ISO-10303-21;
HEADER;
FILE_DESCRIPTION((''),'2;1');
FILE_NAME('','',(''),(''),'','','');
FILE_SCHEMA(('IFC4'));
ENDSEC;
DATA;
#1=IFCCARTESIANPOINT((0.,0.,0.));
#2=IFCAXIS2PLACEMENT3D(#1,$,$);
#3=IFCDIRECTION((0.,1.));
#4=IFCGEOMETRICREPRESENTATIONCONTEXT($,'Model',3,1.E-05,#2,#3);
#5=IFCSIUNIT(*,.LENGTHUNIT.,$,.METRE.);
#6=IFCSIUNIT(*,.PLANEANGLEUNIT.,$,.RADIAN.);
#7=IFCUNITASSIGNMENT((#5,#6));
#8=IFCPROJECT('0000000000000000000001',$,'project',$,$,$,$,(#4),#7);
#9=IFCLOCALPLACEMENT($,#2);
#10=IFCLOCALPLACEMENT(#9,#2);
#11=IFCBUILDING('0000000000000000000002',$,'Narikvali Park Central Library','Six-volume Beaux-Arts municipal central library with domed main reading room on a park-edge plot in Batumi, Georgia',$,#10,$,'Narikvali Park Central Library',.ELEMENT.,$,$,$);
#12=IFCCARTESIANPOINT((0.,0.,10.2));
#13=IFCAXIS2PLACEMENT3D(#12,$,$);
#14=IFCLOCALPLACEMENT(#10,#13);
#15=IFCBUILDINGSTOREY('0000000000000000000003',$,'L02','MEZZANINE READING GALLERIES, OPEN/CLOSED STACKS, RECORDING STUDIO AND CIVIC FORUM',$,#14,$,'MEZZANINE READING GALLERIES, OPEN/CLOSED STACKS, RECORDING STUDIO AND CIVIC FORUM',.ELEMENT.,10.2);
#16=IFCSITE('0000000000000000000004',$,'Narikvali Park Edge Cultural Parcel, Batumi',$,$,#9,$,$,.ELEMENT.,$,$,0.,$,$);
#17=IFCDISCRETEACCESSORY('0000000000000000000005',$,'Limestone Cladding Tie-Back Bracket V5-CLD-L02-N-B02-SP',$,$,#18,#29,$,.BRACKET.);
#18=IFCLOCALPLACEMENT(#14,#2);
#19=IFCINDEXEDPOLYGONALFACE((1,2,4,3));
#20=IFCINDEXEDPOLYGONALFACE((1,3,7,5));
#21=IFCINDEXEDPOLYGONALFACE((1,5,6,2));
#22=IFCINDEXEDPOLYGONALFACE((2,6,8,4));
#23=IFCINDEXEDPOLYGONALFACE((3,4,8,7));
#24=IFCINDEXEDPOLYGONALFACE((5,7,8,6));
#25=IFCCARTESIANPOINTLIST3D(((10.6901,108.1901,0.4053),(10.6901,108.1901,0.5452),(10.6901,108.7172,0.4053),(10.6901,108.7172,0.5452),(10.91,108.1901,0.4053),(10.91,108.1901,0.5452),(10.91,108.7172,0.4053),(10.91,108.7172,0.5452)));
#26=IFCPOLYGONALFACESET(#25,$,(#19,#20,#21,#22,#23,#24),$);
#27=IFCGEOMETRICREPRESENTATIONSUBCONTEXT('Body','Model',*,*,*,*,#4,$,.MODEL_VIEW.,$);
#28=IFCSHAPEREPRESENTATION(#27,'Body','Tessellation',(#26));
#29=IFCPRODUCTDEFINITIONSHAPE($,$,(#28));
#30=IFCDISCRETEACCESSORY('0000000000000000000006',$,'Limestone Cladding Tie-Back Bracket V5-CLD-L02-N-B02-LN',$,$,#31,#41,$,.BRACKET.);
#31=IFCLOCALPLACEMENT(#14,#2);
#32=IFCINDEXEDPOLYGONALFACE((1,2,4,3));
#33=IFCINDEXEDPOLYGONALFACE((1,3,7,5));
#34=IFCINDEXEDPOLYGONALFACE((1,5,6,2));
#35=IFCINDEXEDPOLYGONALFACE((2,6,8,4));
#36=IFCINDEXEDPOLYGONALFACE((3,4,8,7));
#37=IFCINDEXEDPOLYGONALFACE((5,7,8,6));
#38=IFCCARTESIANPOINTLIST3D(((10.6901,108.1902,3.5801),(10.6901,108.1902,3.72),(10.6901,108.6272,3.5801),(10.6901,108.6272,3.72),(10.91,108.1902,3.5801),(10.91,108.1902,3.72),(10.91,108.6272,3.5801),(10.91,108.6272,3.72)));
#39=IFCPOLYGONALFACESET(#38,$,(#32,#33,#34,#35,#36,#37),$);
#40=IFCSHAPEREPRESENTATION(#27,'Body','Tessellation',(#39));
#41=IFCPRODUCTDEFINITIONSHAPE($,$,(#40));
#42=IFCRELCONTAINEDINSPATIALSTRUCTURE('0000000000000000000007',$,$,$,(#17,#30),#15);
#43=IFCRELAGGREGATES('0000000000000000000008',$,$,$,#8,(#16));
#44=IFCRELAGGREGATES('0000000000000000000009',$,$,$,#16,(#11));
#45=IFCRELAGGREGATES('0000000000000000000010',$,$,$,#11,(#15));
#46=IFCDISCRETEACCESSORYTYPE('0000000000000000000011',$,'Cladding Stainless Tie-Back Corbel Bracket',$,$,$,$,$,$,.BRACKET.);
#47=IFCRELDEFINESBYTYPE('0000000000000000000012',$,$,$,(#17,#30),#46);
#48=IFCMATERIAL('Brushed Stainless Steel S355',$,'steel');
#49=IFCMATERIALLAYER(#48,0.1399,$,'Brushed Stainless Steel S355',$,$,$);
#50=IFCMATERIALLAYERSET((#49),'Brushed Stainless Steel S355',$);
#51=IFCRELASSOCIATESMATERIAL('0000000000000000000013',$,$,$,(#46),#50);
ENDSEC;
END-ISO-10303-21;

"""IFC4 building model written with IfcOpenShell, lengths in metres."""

from ifc_helpers import new_model, si_unit, direction, frame, origin, origin_2d, place, context, subcontext, project, spatial, rectangle, extrude, material, layer, layer_set, type_object, element, save


model = new_model("IFC4")

# Units and contexts
model_context = context("Model", 3, precision=1e-05, world=origin(), true_north=direction((0.0, 1.0)))
body_context = subcontext(model_context, "Body", "Model", "MODEL_VIEW")
ifc_project = project(units=[si_unit("LENGTHUNIT", "METRE"), si_unit("PLANEANGLEUNIT", "RADIAN")], contexts=[model_context])

# Site, building, storey
site_placement = place(None, origin())
site = spatial("IfcSite", under=ifc_project, at=site_placement, Name="Narikvali Park Edge Cultural Parcel, Batumi", CompositionType="ELEMENT", RefElevation=0.0)
building_placement = place(site_placement, origin())
building = spatial("IfcBuilding", under=site, at=building_placement, Name="Narikvali Park Central Library", Description="Six-volume Beaux-Arts municipal central library with domed main reading room on a park-edge plot in Batumi, Georgia", LongName="Narikvali Park Central Library", CompositionType="ELEMENT")
storey_placement = place(building_placement, frame((0.0, 0.0, 10.2)))
storey = spatial("IfcBuildingStorey", under=building, at=storey_placement, Name="L02", Description="MEZZANINE READING GALLERIES, OPEN/CLOSED STACKS, RECORDING STUDIO AND CIVIC FORUM", LongName="MEZZANINE READING GALLERIES, OPEN/CLOSED STACKS, RECORDING STUDIO AND CIVIC FORUM", CompositionType="ELEMENT", Elevation=10.2)

# Shared definitions
ifc_material_1 = material(Name="Brushed Stainless Steel S355", Category="steel")

# Discrete accessories
ifc_layer_1 = layer(ifc_material_1, 0.1399, Name="Brushed Stainless Steel S355")
ifc_layer_set_1 = layer_set([ifc_layer_1], Name="Brushed Stainless Steel S355")
discrete_accessory_type = type_object("IfcDiscreteAccessoryType", Name="Cladding Stainless Tie-Back Corbel Bracket", PredefinedType="BRACKET", material=ifc_layer_set_1)
discrete_accessory_1_placement = place(storey_placement, frame((10.8, 108.4536, 0.4053), z_axis=(0.0, 0.0, 1.0), x_axis=(1.0, 0.0, 0.0)))
element("IfcDiscreteAccessory", 1, at=discrete_accessory_1_placement, inside=storey, type_object=discrete_accessory_type, Name="Limestone Cladding Tie-Back Bracket V5-CLD-L02-N-B02-SP", PredefinedType="BRACKET", context=body_context, shape_type="SweptSolid", body=[
    extrude(rectangle(XDim=0.22, YDim=0.5271, at=origin_2d()), origin(), (0.0, 0.0, 1.0), 0.1399),
])
discrete_accessory_2_placement = place(storey_placement, frame((10.8, 108.4087, 3.5801), z_axis=(0.0, 0.0, 1.0), x_axis=(1.0, 0.0, 0.0)))
element("IfcDiscreteAccessory", 2, at=discrete_accessory_2_placement, inside=storey, type_object=discrete_accessory_type, Name="Limestone Cladding Tie-Back Bracket V5-CLD-L02-N-B02-LN", PredefinedType="BRACKET", context=body_context, shape_type="SweptSolid", body=[
    extrude(rectangle(XDim=0.22, YDim=0.437, at=origin_2d()), origin(), (0.0, 0.0, 1.0), 0.1399),
])

save(model, "model.ifc")
